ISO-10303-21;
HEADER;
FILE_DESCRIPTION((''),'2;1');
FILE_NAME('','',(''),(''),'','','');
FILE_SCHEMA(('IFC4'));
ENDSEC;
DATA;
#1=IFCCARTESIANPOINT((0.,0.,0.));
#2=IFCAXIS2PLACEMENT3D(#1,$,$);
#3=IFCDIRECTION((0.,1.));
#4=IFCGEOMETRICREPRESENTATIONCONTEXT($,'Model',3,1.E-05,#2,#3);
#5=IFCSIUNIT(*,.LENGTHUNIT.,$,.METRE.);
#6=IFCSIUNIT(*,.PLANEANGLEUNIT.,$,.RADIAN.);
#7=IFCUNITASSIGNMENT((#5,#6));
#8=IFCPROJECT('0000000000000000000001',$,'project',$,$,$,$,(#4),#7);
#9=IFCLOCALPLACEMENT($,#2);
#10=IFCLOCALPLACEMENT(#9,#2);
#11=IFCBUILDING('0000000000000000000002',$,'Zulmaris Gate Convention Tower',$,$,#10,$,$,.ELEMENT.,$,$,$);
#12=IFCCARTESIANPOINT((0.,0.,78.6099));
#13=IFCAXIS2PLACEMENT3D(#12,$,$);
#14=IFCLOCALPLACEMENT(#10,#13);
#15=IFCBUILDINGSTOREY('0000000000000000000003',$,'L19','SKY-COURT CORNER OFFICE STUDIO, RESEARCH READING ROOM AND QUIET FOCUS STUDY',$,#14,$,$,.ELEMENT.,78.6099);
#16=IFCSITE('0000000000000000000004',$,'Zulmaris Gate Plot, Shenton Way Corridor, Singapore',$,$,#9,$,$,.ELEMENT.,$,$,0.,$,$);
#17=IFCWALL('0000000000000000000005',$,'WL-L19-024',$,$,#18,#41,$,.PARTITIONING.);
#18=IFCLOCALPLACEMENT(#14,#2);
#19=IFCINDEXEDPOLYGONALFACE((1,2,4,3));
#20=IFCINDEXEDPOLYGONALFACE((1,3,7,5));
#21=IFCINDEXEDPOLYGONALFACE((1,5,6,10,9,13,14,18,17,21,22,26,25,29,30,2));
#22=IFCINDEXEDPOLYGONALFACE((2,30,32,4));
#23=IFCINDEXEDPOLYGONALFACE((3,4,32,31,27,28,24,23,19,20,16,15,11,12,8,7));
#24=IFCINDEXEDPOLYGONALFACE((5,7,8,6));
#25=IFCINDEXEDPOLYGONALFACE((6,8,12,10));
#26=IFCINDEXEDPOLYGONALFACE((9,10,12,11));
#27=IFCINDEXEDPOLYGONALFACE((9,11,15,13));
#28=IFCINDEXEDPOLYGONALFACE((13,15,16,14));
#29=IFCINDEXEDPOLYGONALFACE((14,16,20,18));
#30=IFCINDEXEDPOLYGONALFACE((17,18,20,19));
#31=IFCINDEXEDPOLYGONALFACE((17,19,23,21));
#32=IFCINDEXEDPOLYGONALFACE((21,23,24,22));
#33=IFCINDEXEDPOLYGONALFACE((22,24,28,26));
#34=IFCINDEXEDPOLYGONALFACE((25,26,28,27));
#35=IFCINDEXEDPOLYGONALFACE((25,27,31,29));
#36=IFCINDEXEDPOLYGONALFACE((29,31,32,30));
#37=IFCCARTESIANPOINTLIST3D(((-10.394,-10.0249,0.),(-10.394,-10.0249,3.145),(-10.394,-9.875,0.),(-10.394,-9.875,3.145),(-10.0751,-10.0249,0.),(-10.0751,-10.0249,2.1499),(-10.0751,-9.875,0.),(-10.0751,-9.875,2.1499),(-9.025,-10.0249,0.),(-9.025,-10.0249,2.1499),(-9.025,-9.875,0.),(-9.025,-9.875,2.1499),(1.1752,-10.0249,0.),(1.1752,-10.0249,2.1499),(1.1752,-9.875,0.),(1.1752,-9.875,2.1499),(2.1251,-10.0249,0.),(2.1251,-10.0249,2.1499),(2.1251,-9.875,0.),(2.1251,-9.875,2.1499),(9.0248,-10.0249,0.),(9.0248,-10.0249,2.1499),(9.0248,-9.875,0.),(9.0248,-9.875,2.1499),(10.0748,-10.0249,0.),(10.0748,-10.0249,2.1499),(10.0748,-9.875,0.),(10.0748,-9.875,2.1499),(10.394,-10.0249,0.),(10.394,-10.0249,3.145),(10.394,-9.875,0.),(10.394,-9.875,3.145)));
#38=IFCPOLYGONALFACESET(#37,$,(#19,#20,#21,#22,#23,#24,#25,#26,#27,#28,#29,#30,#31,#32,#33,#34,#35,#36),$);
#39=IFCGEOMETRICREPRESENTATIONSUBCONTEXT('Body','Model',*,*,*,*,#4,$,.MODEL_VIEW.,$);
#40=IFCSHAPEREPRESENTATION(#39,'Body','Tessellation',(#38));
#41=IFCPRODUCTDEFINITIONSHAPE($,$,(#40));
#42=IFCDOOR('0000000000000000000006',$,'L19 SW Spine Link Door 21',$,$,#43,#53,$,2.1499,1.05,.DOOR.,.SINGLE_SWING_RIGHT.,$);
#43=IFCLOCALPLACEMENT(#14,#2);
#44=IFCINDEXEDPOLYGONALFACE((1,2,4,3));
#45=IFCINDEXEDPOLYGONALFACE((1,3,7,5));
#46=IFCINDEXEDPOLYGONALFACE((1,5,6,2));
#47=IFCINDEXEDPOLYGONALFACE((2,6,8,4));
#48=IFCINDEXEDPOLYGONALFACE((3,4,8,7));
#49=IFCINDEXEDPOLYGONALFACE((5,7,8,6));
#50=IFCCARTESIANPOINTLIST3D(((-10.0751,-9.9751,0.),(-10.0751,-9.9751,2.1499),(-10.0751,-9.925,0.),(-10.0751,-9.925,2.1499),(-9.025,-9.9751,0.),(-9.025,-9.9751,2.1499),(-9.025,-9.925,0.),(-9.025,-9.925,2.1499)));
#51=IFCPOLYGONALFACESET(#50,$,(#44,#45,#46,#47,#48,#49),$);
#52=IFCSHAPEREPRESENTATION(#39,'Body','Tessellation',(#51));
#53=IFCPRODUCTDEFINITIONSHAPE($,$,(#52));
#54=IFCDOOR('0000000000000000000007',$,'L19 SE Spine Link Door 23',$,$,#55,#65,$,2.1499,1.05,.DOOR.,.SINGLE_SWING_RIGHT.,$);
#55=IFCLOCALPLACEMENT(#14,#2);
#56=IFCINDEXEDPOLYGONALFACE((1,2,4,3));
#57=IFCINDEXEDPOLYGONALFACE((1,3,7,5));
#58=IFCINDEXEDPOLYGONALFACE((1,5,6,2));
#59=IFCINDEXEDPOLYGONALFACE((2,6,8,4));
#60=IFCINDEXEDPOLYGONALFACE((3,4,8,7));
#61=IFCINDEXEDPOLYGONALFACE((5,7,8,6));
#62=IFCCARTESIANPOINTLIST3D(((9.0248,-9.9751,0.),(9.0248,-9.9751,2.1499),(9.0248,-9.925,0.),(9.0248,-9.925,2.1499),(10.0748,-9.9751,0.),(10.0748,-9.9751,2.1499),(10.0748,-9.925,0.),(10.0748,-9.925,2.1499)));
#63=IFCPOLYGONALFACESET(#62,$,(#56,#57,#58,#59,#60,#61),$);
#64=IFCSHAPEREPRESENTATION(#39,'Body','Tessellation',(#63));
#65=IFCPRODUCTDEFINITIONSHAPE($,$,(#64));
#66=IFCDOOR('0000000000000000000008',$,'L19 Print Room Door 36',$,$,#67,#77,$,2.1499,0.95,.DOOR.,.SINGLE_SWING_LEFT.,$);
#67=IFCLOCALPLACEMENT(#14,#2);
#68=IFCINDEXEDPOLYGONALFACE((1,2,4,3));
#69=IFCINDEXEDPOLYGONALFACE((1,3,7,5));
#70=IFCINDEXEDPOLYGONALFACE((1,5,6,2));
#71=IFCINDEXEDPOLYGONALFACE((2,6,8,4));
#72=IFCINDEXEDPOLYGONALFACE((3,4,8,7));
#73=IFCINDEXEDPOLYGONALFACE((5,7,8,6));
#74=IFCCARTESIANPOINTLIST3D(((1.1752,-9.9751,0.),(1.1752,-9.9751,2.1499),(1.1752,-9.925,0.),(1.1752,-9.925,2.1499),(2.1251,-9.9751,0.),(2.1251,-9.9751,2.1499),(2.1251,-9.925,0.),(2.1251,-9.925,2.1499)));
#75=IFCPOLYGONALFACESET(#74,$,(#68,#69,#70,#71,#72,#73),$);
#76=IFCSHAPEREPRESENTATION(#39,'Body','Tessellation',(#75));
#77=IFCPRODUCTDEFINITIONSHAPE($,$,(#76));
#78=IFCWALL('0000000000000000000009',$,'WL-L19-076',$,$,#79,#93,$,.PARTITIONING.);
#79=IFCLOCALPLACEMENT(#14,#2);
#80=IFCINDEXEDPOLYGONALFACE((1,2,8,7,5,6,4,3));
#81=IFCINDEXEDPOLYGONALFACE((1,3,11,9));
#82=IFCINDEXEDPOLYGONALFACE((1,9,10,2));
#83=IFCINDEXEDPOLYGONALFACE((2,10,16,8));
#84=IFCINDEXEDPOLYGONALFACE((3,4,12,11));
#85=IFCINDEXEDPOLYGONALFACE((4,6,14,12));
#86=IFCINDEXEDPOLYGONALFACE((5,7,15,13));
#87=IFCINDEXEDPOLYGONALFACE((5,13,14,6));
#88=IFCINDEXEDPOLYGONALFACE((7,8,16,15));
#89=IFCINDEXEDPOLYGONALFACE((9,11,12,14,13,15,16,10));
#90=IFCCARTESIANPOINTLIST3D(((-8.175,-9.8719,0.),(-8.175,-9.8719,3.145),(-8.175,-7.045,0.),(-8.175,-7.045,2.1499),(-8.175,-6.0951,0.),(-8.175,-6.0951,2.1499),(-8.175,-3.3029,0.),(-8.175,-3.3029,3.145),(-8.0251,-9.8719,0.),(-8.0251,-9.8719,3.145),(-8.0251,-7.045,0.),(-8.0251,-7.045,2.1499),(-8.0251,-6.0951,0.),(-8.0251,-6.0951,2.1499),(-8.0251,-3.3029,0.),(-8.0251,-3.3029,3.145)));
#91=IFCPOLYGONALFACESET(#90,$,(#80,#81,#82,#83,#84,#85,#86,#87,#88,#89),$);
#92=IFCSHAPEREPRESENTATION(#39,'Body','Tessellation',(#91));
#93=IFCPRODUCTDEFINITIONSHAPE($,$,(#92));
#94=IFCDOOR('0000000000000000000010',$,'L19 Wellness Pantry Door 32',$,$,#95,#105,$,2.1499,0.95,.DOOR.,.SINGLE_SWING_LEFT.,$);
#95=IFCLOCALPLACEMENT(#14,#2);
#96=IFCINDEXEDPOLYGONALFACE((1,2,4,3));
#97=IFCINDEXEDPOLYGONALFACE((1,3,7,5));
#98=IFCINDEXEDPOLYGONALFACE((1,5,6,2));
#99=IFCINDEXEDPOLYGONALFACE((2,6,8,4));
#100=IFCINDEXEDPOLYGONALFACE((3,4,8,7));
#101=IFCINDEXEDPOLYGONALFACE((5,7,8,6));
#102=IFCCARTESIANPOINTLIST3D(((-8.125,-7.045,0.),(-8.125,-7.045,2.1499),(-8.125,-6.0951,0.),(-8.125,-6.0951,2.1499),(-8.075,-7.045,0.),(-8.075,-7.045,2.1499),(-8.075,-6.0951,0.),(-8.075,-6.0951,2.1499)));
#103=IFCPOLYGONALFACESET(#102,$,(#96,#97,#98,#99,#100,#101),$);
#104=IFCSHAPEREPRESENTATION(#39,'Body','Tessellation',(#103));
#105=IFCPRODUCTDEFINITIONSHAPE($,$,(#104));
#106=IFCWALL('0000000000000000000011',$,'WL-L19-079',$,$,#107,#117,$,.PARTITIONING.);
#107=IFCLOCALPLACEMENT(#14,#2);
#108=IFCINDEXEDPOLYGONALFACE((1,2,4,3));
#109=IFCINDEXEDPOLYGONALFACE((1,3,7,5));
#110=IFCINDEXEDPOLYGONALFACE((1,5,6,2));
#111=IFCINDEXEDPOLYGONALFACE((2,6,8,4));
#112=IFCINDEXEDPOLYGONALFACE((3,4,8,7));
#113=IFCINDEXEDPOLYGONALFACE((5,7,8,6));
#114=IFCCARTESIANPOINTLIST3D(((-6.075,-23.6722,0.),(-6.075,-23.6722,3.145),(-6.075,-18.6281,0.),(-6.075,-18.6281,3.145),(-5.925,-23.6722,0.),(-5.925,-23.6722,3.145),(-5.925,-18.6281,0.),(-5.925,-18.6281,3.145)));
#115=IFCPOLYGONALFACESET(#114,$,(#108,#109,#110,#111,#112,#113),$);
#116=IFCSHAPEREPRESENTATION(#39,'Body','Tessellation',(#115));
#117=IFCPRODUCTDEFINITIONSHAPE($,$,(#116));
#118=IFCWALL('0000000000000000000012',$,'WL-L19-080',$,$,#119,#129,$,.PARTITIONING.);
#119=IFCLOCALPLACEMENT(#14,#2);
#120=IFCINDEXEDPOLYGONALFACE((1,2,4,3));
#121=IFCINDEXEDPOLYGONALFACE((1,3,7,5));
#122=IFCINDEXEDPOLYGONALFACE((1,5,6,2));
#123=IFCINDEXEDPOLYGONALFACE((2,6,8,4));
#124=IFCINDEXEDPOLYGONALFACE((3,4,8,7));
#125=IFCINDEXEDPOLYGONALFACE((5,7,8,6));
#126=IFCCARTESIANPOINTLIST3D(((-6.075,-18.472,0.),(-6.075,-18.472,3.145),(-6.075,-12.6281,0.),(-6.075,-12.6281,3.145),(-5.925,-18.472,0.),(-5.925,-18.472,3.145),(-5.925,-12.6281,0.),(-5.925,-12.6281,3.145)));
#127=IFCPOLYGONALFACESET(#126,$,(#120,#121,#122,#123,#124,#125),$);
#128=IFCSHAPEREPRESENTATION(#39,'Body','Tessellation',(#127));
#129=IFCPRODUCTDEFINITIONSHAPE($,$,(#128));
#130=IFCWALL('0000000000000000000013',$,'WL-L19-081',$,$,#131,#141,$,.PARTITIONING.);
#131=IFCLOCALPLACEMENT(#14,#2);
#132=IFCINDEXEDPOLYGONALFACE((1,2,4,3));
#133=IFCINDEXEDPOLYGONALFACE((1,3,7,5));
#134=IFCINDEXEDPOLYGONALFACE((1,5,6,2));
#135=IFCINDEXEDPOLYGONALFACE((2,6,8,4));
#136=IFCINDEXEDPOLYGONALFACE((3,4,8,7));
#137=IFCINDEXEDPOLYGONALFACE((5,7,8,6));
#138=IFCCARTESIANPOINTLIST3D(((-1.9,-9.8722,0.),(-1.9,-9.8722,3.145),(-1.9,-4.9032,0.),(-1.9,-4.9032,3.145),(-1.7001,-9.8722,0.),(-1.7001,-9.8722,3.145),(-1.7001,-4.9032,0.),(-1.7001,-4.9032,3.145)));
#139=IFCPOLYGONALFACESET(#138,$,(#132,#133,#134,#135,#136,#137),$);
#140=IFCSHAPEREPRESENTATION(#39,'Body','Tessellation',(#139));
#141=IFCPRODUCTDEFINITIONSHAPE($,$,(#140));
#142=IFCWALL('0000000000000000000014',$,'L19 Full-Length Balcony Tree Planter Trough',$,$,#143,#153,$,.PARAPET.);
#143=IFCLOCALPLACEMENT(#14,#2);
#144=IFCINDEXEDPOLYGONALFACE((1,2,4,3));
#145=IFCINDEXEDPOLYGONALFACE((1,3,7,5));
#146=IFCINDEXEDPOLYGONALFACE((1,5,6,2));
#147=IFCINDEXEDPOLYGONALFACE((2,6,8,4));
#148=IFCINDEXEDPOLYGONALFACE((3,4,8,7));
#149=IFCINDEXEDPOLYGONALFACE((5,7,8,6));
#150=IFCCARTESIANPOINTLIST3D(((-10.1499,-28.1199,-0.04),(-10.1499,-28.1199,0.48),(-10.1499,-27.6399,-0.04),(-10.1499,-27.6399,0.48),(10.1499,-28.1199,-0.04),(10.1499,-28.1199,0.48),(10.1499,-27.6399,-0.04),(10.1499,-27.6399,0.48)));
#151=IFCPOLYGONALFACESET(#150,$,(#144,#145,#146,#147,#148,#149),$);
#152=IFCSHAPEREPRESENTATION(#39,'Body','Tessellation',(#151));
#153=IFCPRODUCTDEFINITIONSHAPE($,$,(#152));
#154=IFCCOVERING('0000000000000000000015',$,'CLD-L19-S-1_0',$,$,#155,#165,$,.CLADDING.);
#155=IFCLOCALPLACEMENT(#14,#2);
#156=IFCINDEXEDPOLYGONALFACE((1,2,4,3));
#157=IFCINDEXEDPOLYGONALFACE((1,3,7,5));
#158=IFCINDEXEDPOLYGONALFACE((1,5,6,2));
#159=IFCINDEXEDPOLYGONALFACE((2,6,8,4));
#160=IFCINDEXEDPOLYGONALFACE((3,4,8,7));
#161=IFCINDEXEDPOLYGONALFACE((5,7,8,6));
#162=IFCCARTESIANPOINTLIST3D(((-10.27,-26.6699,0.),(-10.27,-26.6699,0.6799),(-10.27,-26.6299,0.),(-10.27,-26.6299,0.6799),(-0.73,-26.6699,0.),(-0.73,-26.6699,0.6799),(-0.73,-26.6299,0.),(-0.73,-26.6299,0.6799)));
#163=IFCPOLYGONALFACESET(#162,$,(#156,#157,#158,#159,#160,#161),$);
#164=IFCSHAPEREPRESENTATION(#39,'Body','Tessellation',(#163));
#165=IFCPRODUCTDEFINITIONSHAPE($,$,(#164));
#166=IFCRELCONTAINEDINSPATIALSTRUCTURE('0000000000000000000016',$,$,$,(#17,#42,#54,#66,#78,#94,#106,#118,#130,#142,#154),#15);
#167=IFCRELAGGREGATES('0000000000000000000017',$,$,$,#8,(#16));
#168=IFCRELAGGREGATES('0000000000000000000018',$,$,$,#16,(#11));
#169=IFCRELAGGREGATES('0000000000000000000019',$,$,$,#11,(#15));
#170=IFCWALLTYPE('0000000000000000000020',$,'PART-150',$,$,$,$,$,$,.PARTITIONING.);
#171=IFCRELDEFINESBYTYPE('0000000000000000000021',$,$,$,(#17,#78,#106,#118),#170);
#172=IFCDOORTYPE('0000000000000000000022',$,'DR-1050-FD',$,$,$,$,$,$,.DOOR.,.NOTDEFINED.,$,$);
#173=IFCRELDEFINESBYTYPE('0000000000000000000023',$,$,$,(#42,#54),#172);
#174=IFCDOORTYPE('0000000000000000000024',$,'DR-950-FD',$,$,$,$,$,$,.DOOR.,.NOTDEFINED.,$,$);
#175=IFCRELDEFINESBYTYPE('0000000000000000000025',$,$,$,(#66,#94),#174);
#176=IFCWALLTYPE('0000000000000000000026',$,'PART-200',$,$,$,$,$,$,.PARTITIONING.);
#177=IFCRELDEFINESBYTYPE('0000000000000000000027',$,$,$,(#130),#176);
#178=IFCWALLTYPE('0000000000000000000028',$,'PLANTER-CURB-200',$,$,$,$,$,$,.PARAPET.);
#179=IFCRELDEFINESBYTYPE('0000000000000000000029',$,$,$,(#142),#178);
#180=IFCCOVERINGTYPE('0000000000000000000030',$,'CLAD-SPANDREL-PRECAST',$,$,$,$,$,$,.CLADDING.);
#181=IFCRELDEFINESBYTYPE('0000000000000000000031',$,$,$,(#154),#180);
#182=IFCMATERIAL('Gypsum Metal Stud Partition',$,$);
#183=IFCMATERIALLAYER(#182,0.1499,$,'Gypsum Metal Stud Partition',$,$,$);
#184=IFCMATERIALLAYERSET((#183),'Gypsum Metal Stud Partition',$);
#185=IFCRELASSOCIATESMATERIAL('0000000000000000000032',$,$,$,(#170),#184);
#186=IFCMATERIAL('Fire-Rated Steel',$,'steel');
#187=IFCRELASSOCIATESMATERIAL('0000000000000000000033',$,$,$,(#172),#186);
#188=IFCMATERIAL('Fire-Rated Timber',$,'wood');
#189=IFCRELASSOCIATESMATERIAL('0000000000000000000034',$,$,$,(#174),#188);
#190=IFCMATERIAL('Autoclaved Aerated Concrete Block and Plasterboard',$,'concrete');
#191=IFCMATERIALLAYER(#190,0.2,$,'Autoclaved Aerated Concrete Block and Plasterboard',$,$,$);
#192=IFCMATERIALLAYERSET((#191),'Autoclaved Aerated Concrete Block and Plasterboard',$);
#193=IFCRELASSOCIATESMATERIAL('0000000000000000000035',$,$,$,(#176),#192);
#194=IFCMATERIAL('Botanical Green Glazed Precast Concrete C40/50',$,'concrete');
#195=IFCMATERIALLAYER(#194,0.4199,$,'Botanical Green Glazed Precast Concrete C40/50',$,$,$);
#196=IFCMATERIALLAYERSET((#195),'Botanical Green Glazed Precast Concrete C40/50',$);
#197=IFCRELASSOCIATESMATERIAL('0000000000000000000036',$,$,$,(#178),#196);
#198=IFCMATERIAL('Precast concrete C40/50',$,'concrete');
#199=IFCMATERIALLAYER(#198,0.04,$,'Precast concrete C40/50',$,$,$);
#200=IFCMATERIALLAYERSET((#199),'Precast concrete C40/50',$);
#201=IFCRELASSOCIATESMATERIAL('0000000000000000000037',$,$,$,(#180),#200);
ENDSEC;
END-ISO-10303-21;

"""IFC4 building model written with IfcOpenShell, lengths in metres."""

from ifc_helpers import new_model, si_unit, direction, frame, frame_2d, origin, place, context, subcontext, project, spatial, rectangle, extrude, material, layer, layer_set, type_object, element, fill, save


model = new_model("IFC4")

# Units and contexts
model_context = context("Model", 3, precision=1e-05, world=origin(), true_north=direction((0.0, 1.0)))
body_context = subcontext(model_context, "Body", "Model", "MODEL_VIEW")
ifc_project = project(units=[si_unit("LENGTHUNIT", "METRE"), si_unit("PLANEANGLEUNIT", "RADIAN")], contexts=[model_context])

# Site, building, storey
site_placement = place(None, origin())
site = spatial("IfcSite", under=ifc_project, at=site_placement, Name="Zulmaris Gate Plot, Shenton Way Corridor, Singapore", CompositionType="ELEMENT", RefElevation=0.0)
building_placement = place(site_placement, origin())
building = spatial("IfcBuilding", under=site, at=building_placement, Name="Zulmaris Gate Convention Tower", CompositionType="ELEMENT")
storey_placement = place(building_placement, frame((0.0, 0.0, 78.6099)))
storey = spatial("IfcBuildingStorey", under=building, at=storey_placement, Name="L19", Description="SKY-COURT CORNER OFFICE STUDIO, RESEARCH READING ROOM AND QUIET FOCUS STUDY", CompositionType="ELEMENT", Elevation=78.6099)

# Shared definitions
ifc_material_1 = material(Name="Gypsum Metal Stud Partition")
ifc_layer_1 = layer(ifc_material_1, 0.1499, Name="Gypsum Metal Stud Partition")
ifc_layer_set_1 = layer_set([ifc_layer_1], Name="Gypsum Metal Stud Partition")
wall_type_1 = type_object("IfcWallType", Name="PART-150", PredefinedType="PARTITIONING", material=ifc_layer_set_1)

# Wall, openings, doors
wall_1_placement = place(storey_placement, frame((-10.394, -9.95, 0.0), z_axis=(0.0, 0.0, 1.0), x_axis=(1.0, 0.0, 0.0)))
wall_1 = element("IfcWall", 1, at=wall_1_placement, inside=storey, type_object=wall_type_1, Name="WL-L19-024", PredefinedType="PARTITIONING", context=body_context, shape_type="SweptSolid", body=[
    extrude(rectangle(XDim=20.7881, YDim=0.1499, at=frame_2d((10.394, 0.0))), origin(), (0.0, 0.0, 1.0), 3.145),
])
opening_1_placement = place(wall_1_placement, frame((0.3191, 0.0, 0.0)))
opening_1 = element("IfcOpeningElement", 2, at=opening_1_placement, cuts=wall_1, PredefinedType="OPENING", context=body_context, shape_type="SweptSolid", body=[
    extrude(rectangle(XDim=1.05, YDim=2.1499, at=frame_2d((0.5249, 1.075))), frame((0.0, 0.085, 0.0), z_axis=(0.0, -1.0, 0.0), x_axis=(1.0, 0.0, 0.0)), (0.0, 0.0, 1.0), 0.1699),
])
opening_2_placement = place(wall_1_placement, frame((19.4189, 0.0, 0.0)))
opening_2 = element("IfcOpeningElement", 3, at=opening_2_placement, cuts=wall_1, PredefinedType="OPENING", context=body_context, shape_type="SweptSolid", body=[
    extrude(rectangle(XDim=1.05, YDim=2.1499, at=frame_2d((0.5249, 1.075))), frame((0.0, 0.085, 0.0), z_axis=(0.0, -1.0, 0.0), x_axis=(1.0, 0.0, 0.0)), (0.0, 0.0, 1.0), 0.1699),
])
opening_3_placement = place(wall_1_placement, frame((11.5691, 0.0, 0.0)))
opening_3 = element("IfcOpeningElement", 4, at=opening_3_placement, cuts=wall_1, PredefinedType="OPENING", context=body_context, shape_type="SweptSolid", body=[
    extrude(rectangle(XDim=0.95, YDim=2.1499, at=frame_2d((0.4751, 1.075))), frame((0.0, 0.085, 0.0), z_axis=(0.0, -1.0, 0.0), x_axis=(1.0, 0.0, 0.0)), (0.0, 0.0, 1.0), 0.1699),
])
ifc_material_2 = material(Name="Fire-Rated Steel", Category="steel")
door_type_1 = type_object("IfcDoorType", Name="DR-1050-FD", OperationType="NOTDEFINED", PredefinedType="DOOR", material=ifc_material_2)
door_1_placement = place(opening_1_placement, origin())
door_1 = element("IfcDoor", 5, at=door_1_placement, inside=storey, type_object=door_type_1, Name="L19 SW Spine Link Door 21", OperationType="SINGLE_SWING_RIGHT", OverallHeight=2.1499, OverallWidth=1.05, PredefinedType="DOOR", context=body_context, shape_type="SweptSolid", body=[
    extrude(rectangle(XDim=1.05, YDim=2.1499, at=frame_2d((0.5249, 1.075))), frame((0.0, 0.0249, 0.0), z_axis=(0.0, -1.0, 0.0), x_axis=(1.0, 0.0, 0.0)), (0.0, 0.0, 1.0), 0.05),
])
fill(opening_1, door_1)
door_2_placement = place(opening_2_placement, origin())
door_2 = element("IfcDoor", 6, at=door_2_placement, inside=storey, type_object=door_type_1, Name="L19 SE Spine Link Door 23", OperationType="SINGLE_SWING_RIGHT", OverallHeight=2.1499, OverallWidth=1.05, PredefinedType="DOOR", context=body_context, shape_type="SweptSolid", body=[
    extrude(rectangle(XDim=1.05, YDim=2.1499, at=frame_2d((0.5249, 1.075))), frame((0.0, 0.0249, 0.0), z_axis=(0.0, -1.0, 0.0), x_axis=(1.0, 0.0, 0.0)), (0.0, 0.0, 1.0), 0.05),
])
fill(opening_2, door_2)
ifc_material_3 = material(Name="Fire-Rated Timber", Category="wood")
door_type_2 = type_object("IfcDoorType", Name="DR-950-FD", OperationType="NOTDEFINED", PredefinedType="DOOR", material=ifc_material_3)
door_3_placement = place(opening_3_placement, origin())
door_3 = element("IfcDoor", 7, at=door_3_placement, inside=storey, type_object=door_type_2, Name="L19 Print Room Door 36", OperationType="SINGLE_SWING_LEFT", OverallHeight=2.1499, OverallWidth=0.95, PredefinedType="DOOR", context=body_context, shape_type="SweptSolid", body=[
    extrude(rectangle(XDim=0.95, YDim=2.1499, at=frame_2d((0.4751, 1.075))), frame((0.0, 0.0249, 0.0), z_axis=(0.0, -1.0, 0.0), x_axis=(1.0, 0.0, 0.0)), (0.0, 0.0, 1.0), 0.05),
])
fill(opening_3, door_3)

# Wall, opening, door
wall_2_placement = place(storey_placement, frame((-8.1001, -9.8721, 0.0), z_axis=(0.0, 0.0, 1.0), x_axis=(0.0, 1.0, 0.0)))
wall_2 = element("IfcWall", 8, at=wall_2_placement, inside=storey, type_object=wall_type_1, Name="WL-L19-076", PredefinedType="PARTITIONING", context=body_context, shape_type="SweptSolid", body=[
    extrude(rectangle(XDim=6.5691, YDim=0.1499, at=frame_2d((3.2847, 0.0))), origin(), (0.0, 0.0, 1.0), 3.145),
])
opening_4_placement = place(wall_2_placement, frame((2.8269, 0.0, 0.0)))
opening_4 = element("IfcOpeningElement", 9, at=opening_4_placement, cuts=wall_2, PredefinedType="OPENING", context=body_context, shape_type="SweptSolid", body=[
    extrude(rectangle(XDim=0.95, YDim=2.1499, at=frame_2d((0.4751, 1.075))), frame((0.0, 0.085, 0.0), z_axis=(0.0, -1.0, 0.0), x_axis=(1.0, 0.0, 0.0)), (0.0, 0.0, 1.0), 0.1699),
])
door_4_placement = place(opening_4_placement, origin())
door_4 = element("IfcDoor", 10, at=door_4_placement, inside=storey, type_object=door_type_2, Name="L19 Wellness Pantry Door 32", OperationType="SINGLE_SWING_LEFT", OverallHeight=2.1499, OverallWidth=0.95, PredefinedType="DOOR", context=body_context, shape_type="SweptSolid", body=[
    extrude(rectangle(XDim=0.95, YDim=2.1499, at=frame_2d((0.4751, 1.075))), frame((0.0, 0.0249, 0.0), z_axis=(0.0, -1.0, 0.0), x_axis=(1.0, 0.0, 0.0)), (0.0, 0.0, 1.0), 0.05),
])
fill(opening_4, door_4)

# Walls
wall_3_placement = place(storey_placement, frame((-6.0, -23.6721, 0.0), z_axis=(0.0, 0.0, 1.0), x_axis=(0.0, 1.0, 0.0)))
element("IfcWall", 11, at=wall_3_placement, inside=storey, type_object=wall_type_1, Name="WL-L19-079", PredefinedType="PARTITIONING", context=body_context, shape_type="SweptSolid", body=[
    extrude(rectangle(XDim=5.0442, YDim=0.1499, at=frame_2d((2.522, 0.0))), origin(), (0.0, 0.0, 1.0), 3.145),
])
wall_4_placement = place(storey_placement, frame((-6.0, -18.4719, 0.0), z_axis=(0.0, 0.0, 1.0), x_axis=(0.0, 1.0, 0.0)))
element("IfcWall", 12, at=wall_4_placement, inside=storey, type_object=wall_type_1, Name="WL-L19-080", PredefinedType="PARTITIONING", context=body_context, shape_type="SweptSolid", body=[
    extrude(rectangle(XDim=5.844, YDim=0.1499, at=frame_2d((2.9219, 0.0))), origin(), (0.0, 0.0, 1.0), 3.145),
])
ifc_material_4 = material(Name="Autoclaved Aerated Concrete Block and Plasterboard", Category="concrete")
ifc_layer_2 = layer(ifc_material_4, 0.2, Name="Autoclaved Aerated Concrete Block and Plasterboard")
ifc_layer_set_2 = layer_set([ifc_layer_2], Name="Autoclaved Aerated Concrete Block and Plasterboard")
wall_type_2 = type_object("IfcWallType", Name="PART-200", PredefinedType="PARTITIONING", material=ifc_layer_set_2)
wall_5_placement = place(storey_placement, frame((-1.8, -9.8721, 0.0), z_axis=(0.0, 0.0, 1.0), x_axis=(0.0, 1.0, 0.0)))
element("IfcWall", 13, at=wall_5_placement, inside=storey, type_object=wall_type_2, Name="WL-L19-081", PredefinedType="PARTITIONING", context=body_context, shape_type="SweptSolid", body=[
    extrude(rectangle(XDim=4.969, YDim=0.2, at=frame_2d((2.4844, 0.0))), origin(), (0.0, 0.0, 1.0), 3.145),
])
ifc_material_5 = material(Name="Botanical Green Glazed Precast Concrete C40/50", Category="concrete")
ifc_layer_3 = layer(ifc_material_5, 0.4199, Name="Botanical Green Glazed Precast Concrete C40/50")
ifc_layer_set_3 = layer_set([ifc_layer_3], Name="Botanical Green Glazed Precast Concrete C40/50")
wall_type_3 = type_object("IfcWallType", Name="PLANTER-CURB-200", PredefinedType="PARAPET", material=ifc_layer_set_3)
wall_6_placement = place(storey_placement, frame((-10.1499, -27.8799, -0.04), z_axis=(0.0, 0.0, 1.0), x_axis=(1.0, 0.0, 0.0)))
element("IfcWall", 14, at=wall_6_placement, inside=storey, type_object=wall_type_3, Name="L19 Full-Length Balcony Tree Planter Trough", PredefinedType="PARAPET", context=body_context, shape_type="SweptSolid", body=[
    extrude(rectangle(XDim=20.2998, YDim=0.48, at=frame_2d((10.1499, 0.0))), origin(), (0.0, 0.0, 1.0), 0.52),
])

# Shared definitions
ifc_material_6 = material(Name="Precast concrete C40/50", Category="concrete")

# Covering
ifc_layer_4 = layer(ifc_material_6, 0.04, Name="Precast concrete C40/50")
ifc_layer_set_4 = layer_set([ifc_layer_4], Name="Precast concrete C40/50")
covering_type = type_object("IfcCoveringType", Name="CLAD-SPANDREL-PRECAST", PredefinedType="CLADDING", material=ifc_layer_set_4)
covering_placement = place(storey_placement, frame((-10.27, -26.6499, 0.0), z_axis=(0.0, 0.0, 1.0), x_axis=(1.0, 0.0, 0.0)))
element("IfcCovering", 15, at=covering_placement, inside=storey, type_object=covering_type, Name="CLD-L19-S-1_0", PredefinedType="CLADDING", context=body_context, shape_type="SweptSolid", body=[
    extrude(rectangle(XDim=9.54, YDim=0.04, at=frame_2d((4.77, 0.0))), origin(), (0.0, 0.0, 1.0), 0.6799),
])

save(model, "model.ifc")
